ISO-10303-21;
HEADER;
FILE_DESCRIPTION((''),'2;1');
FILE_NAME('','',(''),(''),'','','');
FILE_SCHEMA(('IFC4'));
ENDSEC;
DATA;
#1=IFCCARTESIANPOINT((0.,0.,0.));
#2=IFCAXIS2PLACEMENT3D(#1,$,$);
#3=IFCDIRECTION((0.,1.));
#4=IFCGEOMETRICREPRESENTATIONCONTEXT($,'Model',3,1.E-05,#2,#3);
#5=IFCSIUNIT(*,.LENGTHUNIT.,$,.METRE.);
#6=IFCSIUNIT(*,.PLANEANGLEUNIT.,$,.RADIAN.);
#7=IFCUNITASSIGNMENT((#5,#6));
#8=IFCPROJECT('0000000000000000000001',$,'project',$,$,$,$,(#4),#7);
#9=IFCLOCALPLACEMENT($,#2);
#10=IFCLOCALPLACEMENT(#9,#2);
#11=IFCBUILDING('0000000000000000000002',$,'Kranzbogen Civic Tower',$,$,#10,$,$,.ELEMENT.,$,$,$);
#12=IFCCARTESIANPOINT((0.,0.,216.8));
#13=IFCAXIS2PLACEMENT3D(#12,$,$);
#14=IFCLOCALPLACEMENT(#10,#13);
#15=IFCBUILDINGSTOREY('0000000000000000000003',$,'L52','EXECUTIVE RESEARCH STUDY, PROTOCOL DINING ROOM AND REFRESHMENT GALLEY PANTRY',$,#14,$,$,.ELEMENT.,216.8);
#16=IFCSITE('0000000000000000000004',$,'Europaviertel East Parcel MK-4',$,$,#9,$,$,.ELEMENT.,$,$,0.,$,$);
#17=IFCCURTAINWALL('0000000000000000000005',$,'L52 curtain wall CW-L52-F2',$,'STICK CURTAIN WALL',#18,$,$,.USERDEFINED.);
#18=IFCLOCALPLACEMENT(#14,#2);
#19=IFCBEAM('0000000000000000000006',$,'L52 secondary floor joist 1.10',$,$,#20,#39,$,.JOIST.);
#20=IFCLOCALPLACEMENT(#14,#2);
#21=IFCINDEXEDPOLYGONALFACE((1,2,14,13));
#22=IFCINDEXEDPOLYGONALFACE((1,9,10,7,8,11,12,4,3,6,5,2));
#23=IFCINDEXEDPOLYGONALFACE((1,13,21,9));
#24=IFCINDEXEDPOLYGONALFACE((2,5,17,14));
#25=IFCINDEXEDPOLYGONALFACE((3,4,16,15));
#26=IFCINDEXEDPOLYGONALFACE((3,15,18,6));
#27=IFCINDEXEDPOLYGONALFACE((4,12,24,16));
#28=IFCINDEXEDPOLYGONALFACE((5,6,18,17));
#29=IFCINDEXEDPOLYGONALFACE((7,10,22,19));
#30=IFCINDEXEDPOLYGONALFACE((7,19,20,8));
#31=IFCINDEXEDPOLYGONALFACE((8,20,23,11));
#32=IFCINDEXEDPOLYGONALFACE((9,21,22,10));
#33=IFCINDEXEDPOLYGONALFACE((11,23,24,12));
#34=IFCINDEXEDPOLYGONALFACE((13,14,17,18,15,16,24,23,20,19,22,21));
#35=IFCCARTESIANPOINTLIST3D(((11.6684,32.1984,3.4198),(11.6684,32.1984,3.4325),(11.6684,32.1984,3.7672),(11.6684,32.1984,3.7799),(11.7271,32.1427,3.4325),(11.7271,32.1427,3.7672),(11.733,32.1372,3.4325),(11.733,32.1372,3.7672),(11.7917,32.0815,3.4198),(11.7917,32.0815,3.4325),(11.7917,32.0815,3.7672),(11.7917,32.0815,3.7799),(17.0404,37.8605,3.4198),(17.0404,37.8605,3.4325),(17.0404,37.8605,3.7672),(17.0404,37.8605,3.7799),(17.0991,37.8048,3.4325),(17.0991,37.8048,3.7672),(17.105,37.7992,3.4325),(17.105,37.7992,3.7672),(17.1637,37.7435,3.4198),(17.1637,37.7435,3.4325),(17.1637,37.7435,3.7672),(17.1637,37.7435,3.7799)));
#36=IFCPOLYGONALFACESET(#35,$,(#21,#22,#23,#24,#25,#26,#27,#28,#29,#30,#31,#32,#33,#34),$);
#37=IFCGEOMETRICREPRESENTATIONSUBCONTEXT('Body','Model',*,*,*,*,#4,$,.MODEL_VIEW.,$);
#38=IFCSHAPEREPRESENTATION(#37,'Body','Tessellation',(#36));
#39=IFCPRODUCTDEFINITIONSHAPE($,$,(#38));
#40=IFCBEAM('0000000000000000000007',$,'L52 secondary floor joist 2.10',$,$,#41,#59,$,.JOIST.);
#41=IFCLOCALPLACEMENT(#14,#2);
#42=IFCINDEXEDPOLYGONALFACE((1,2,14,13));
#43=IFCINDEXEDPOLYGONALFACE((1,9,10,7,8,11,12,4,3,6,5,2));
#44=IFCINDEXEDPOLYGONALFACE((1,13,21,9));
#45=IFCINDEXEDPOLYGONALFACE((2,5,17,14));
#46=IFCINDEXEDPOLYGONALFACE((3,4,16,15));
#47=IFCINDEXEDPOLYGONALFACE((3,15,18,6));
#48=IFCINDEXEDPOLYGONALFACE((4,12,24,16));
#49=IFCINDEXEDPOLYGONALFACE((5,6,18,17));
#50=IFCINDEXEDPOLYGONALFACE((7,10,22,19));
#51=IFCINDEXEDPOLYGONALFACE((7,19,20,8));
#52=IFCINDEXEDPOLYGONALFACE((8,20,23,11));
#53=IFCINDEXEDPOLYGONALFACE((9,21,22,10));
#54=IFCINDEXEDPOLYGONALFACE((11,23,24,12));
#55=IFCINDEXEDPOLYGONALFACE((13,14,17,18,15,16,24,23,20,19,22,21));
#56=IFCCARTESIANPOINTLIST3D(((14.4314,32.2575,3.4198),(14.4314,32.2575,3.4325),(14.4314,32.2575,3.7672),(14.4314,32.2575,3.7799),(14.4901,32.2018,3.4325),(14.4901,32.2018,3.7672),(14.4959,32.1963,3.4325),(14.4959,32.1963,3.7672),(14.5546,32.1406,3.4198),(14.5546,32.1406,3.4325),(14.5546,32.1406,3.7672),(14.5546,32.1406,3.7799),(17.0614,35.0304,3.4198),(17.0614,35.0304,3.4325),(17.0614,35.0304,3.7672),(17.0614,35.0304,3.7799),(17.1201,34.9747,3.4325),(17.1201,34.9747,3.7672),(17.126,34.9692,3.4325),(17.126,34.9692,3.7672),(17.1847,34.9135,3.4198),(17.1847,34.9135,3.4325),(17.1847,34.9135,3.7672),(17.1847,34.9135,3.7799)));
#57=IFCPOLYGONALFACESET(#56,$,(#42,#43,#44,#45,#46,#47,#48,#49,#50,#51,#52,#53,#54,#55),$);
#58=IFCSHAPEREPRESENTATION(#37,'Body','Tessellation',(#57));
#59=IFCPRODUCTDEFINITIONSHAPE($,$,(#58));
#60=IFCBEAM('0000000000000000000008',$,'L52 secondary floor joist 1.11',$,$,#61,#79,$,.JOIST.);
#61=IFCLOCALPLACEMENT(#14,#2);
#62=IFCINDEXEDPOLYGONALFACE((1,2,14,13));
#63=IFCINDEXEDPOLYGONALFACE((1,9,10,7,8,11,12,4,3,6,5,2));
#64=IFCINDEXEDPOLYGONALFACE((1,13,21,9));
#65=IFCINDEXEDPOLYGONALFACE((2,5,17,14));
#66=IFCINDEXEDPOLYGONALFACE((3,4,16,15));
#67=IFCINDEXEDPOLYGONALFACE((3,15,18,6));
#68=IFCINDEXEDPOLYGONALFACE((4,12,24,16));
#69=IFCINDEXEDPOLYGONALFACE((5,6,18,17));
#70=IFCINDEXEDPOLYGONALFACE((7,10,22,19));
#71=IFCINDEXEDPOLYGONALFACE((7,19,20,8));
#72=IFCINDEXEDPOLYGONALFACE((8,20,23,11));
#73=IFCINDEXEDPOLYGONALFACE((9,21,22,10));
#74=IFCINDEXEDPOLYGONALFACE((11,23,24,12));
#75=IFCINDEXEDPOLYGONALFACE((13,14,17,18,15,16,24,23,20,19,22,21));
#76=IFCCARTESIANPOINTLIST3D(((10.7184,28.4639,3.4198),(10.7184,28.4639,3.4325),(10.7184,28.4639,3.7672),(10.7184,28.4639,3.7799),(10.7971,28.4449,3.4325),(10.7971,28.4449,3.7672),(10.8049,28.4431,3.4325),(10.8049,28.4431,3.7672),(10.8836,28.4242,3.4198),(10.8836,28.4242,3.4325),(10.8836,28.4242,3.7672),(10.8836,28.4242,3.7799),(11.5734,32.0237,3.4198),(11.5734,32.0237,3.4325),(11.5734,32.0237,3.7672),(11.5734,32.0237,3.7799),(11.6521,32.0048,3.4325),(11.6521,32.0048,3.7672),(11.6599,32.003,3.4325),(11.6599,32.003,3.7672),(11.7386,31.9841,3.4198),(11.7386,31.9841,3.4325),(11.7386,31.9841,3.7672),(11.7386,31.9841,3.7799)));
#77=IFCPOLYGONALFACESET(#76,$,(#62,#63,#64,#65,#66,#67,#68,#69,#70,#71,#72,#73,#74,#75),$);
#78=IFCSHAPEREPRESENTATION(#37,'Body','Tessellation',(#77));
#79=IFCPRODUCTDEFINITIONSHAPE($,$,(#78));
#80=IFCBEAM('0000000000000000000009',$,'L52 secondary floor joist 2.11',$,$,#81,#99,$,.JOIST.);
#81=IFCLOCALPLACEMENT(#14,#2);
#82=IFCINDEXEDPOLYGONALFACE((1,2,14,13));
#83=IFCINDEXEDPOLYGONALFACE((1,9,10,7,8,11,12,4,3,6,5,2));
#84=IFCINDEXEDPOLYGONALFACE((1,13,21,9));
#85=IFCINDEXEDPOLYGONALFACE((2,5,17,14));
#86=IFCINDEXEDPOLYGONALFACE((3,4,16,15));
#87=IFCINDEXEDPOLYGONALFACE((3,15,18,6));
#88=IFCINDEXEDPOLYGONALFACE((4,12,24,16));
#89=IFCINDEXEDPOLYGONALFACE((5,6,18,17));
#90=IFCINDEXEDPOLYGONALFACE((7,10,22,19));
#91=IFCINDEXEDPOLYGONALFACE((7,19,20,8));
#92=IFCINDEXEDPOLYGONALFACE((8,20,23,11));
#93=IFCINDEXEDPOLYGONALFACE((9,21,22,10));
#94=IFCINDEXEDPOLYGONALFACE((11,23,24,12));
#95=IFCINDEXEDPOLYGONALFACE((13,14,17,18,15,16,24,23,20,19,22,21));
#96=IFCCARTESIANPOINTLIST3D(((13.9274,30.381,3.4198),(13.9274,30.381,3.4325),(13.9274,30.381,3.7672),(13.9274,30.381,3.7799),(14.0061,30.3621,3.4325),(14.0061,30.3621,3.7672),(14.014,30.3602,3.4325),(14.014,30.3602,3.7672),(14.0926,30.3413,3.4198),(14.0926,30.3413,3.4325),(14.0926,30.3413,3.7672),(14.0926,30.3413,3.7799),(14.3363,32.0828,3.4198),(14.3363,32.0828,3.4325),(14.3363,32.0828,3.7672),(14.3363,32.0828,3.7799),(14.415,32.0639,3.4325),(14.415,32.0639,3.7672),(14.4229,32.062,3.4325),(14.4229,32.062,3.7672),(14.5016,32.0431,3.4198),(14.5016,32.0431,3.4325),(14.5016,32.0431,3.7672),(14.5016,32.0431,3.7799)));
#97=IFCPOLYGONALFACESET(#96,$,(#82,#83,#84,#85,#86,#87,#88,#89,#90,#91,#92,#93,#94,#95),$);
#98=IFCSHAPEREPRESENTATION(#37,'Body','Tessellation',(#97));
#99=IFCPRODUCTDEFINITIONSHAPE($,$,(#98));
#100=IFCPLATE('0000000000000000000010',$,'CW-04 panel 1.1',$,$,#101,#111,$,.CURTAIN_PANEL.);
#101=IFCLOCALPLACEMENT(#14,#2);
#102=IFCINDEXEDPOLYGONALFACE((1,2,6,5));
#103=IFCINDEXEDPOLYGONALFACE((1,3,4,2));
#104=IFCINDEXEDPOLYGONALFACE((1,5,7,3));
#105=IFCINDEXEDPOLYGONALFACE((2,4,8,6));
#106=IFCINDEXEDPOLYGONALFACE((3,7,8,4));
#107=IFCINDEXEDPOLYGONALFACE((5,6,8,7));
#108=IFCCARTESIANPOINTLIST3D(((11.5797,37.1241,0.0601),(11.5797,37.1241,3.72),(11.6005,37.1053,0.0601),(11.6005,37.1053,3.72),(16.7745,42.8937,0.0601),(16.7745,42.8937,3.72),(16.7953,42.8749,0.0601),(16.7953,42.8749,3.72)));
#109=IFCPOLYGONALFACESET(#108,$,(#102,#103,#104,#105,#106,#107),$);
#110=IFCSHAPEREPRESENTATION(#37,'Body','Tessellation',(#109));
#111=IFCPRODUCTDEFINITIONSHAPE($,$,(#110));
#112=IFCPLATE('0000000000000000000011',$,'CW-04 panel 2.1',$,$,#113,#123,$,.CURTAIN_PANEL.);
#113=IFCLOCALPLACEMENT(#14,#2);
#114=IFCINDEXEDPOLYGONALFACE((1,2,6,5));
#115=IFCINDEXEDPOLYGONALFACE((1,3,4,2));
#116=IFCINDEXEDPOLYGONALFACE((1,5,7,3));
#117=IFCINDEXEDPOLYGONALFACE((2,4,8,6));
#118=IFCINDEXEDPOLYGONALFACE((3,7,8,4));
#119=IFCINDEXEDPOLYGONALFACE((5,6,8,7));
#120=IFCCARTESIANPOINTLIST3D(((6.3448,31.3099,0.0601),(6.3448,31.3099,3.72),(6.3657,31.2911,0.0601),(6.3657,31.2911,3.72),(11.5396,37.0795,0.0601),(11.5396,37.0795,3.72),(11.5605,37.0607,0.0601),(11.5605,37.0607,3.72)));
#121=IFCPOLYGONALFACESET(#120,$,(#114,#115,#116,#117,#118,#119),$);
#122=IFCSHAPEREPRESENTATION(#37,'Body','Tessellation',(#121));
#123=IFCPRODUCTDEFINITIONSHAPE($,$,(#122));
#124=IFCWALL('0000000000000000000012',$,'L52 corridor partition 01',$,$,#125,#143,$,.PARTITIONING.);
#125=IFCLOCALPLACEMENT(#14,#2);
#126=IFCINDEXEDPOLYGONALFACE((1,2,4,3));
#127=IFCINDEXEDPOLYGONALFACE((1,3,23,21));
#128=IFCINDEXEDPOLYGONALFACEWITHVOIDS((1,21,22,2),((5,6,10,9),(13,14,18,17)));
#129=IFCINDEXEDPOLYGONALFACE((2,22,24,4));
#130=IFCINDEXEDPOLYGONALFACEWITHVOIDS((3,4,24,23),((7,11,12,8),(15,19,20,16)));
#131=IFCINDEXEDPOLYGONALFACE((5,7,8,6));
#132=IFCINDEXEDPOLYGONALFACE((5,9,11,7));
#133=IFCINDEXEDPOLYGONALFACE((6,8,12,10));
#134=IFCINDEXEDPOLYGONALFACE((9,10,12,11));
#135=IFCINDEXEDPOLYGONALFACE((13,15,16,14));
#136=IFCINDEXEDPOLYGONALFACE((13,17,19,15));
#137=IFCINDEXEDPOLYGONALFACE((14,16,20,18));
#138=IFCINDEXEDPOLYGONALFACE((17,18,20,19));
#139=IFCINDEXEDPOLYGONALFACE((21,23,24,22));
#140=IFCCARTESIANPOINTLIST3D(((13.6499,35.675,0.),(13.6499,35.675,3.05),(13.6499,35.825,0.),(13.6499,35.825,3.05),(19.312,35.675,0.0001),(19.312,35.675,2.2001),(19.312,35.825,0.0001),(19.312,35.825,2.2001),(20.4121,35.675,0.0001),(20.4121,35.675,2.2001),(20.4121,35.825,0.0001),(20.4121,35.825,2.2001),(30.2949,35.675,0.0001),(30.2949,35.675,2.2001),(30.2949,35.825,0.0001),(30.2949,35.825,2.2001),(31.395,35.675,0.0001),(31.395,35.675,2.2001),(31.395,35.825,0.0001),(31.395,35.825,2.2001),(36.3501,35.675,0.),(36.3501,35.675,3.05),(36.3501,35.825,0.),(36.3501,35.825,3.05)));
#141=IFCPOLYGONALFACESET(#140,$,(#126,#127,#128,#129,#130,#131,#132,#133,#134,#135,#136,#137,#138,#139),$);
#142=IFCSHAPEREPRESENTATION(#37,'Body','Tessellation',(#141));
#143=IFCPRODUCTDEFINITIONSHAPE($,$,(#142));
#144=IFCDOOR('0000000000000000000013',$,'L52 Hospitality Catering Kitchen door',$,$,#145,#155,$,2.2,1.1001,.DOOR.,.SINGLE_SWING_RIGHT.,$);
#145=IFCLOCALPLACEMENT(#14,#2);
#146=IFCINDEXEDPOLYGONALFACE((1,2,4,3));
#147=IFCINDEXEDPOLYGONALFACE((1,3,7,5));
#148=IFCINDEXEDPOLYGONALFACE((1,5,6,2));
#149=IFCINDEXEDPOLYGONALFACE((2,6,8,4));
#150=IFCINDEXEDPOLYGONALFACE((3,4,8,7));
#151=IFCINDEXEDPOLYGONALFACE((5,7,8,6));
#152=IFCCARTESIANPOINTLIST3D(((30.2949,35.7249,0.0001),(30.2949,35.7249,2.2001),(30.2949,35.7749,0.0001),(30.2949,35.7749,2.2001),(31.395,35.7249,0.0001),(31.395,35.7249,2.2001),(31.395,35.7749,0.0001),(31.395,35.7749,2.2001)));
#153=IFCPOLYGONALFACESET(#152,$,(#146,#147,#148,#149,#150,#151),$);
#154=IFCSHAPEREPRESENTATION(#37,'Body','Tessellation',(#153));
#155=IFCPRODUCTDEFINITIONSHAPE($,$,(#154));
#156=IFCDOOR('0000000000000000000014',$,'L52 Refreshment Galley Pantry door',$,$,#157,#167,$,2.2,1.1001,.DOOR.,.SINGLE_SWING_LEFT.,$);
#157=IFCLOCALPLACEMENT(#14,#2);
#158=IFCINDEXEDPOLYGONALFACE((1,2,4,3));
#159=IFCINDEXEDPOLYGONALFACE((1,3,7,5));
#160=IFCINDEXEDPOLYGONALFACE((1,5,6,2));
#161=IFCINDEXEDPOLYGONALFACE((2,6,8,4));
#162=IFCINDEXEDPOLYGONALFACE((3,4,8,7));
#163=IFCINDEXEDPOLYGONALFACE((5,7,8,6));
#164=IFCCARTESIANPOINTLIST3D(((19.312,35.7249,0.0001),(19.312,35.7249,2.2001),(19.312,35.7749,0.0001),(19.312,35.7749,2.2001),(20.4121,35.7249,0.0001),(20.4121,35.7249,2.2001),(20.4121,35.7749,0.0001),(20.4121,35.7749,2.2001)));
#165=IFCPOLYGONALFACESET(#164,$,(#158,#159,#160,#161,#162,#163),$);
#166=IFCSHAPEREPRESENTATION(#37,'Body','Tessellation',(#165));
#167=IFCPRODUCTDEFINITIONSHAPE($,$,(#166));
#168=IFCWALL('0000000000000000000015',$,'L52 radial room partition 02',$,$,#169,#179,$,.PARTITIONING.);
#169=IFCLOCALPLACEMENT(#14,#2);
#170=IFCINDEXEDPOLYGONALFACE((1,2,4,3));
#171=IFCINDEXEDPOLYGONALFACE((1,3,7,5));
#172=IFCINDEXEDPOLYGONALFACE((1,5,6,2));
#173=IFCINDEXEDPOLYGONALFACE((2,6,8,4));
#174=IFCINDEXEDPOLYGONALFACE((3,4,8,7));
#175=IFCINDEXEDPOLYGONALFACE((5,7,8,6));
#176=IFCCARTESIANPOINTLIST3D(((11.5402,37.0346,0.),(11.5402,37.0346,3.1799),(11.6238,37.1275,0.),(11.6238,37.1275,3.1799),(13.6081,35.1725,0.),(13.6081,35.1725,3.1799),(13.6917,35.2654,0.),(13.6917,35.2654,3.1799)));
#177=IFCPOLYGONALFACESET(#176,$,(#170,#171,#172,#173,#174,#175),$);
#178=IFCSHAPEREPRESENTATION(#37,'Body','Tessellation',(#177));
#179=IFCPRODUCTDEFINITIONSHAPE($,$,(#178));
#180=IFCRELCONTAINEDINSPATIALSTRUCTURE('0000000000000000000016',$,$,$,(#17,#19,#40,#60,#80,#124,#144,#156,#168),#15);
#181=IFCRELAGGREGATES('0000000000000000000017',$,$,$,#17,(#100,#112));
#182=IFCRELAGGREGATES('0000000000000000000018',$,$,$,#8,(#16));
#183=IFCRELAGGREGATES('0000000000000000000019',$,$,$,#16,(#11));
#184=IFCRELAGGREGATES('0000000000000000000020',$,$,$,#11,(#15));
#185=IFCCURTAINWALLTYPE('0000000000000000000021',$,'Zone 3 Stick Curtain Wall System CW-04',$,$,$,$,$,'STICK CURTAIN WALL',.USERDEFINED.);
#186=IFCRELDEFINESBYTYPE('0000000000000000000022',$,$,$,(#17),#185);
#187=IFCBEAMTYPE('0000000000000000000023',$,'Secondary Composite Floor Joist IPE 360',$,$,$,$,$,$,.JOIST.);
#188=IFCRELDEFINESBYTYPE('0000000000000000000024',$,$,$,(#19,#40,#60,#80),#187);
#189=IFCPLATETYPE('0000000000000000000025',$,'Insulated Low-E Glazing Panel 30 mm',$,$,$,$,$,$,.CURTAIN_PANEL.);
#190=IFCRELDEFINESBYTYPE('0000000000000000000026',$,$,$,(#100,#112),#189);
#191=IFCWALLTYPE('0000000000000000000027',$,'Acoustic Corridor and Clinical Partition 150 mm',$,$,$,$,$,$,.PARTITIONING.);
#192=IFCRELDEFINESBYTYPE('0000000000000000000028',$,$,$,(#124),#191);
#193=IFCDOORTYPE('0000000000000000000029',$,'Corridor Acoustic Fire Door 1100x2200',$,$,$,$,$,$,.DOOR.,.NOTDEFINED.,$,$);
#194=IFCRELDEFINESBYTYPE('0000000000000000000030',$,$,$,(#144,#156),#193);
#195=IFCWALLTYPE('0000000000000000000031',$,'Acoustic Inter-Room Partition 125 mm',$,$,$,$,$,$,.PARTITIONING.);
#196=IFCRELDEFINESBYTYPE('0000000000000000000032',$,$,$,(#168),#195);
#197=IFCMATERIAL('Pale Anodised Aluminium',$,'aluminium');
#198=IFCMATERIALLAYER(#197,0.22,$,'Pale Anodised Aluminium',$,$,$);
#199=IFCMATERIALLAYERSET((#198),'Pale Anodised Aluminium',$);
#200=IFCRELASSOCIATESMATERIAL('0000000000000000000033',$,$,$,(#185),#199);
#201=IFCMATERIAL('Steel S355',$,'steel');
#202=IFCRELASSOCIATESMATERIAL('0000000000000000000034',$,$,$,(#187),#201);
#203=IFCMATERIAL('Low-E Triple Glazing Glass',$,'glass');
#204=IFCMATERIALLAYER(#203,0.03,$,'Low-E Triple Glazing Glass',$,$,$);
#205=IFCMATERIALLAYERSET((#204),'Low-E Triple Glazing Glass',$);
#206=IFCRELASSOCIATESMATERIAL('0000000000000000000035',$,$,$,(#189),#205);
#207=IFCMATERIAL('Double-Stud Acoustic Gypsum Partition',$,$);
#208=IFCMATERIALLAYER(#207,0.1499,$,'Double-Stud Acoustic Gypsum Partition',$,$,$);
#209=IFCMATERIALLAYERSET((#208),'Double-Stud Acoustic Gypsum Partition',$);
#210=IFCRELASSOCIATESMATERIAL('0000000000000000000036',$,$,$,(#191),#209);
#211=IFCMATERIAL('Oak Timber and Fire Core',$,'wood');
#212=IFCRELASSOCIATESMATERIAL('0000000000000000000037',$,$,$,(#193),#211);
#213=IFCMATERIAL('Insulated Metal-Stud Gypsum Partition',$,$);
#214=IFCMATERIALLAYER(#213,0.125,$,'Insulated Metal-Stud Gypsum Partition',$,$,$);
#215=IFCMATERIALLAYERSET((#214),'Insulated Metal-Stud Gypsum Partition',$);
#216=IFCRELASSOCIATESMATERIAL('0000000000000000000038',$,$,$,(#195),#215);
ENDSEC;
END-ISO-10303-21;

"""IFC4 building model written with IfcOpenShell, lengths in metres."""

from ifc_helpers import new_model, si_unit, direction, frame, frame_2d, origin, origin_2d, place, context, subcontext, project, spatial, rectangle, i_section, extrude, material, layer, layer_set, material_profile, profile_set, type_object, element, fill, aggregate, save


model = new_model("IFC4")

# Units and contexts
model_context = context("Model", 3, precision=1e-05, world=origin(), true_north=direction((0.0, 1.0)))
body_context = subcontext(model_context, "Body", "Model", "MODEL_VIEW")
ifc_project = project(units=[si_unit("LENGTHUNIT", "METRE"), si_unit("PLANEANGLEUNIT", "RADIAN")], contexts=[model_context])

# Site, building, storey
site_placement = place(None, origin())
site = spatial("IfcSite", under=ifc_project, at=site_placement, Name="Europaviertel East Parcel MK-4", CompositionType="ELEMENT", RefElevation=0.0)
building_placement = place(site_placement, origin())
building = spatial("IfcBuilding", under=site, at=building_placement, Name="Kranzbogen Civic Tower", CompositionType="ELEMENT")
storey_placement = place(building_placement, frame((0.0, 0.0, 216.8)))
storey = spatial("IfcBuildingStorey", under=building, at=storey_placement, Name="L52", Description="EXECUTIVE RESEARCH STUDY, PROTOCOL DINING ROOM AND REFRESHMENT GALLEY PANTRY", CompositionType="ELEMENT", Elevation=216.8)

# Shared definitions
ifc_material_1 = material(Name="Steel S355", Category="steel")

# Shared definitions
ifc_material_2 = material(Name="Pale Anodised Aluminium", Category="aluminium")
ifc_layer_1 = layer(ifc_material_2, 0.22, Name="Pale Anodised Aluminium")
ifc_layer_set_1 = layer_set([ifc_layer_1], Name="Pale Anodised Aluminium")
curtain_wall_type = type_object("IfcCurtainWallType", Name="Zone 3 Stick Curtain Wall System CW-04", ElementType="STICK CURTAIN WALL", PredefinedType="USERDEFINED", material=ifc_layer_set_1)

# Curtain wall
curtain_wall_1_placement = place(storey_placement, origin())
curtain_wall_1 = element("IfcCurtainWall", 1, at=curtain_wall_1_placement, inside=storey, type_object=curtain_wall_type, Name="L52 curtain wall CW-L52-F2", ObjectType="STICK CURTAIN WALL", PredefinedType="USERDEFINED")

# Beams
ifc_material_profile_1 = material_profile(ifc_material_1, i_section(OverallWidth=0.1699, OverallDepth=0.3601, WebThickness=0.0081, FlangeThickness=0.0127, at=origin_2d()), Name="IPE 360")
ifc_profile_set_1 = profile_set([ifc_material_profile_1], Name="Steel S355")
beam_type_1 = type_object("IfcBeamType", Name="Secondary Composite Floor Joist IPE 360", PredefinedType="JOIST", material=ifc_profile_set_1)
beam_1_placement = place(storey_placement, frame((17.1021, 37.802, 3.5999), z_axis=(-0.688282, -0.725443, 0.0), x_axis=(0.725443, -0.688282, 0.0)))
element("IfcBeam", 2, at=beam_1_placement, inside=storey, type_object=beam_type_1, Name="L52 secondary floor joist 1.10", PredefinedType="JOIST", context=body_context, shape_type="SweptSolid", body=[
    extrude(i_section(OverallWidth=0.1699, OverallDepth=0.3601, WebThickness=0.0081, FlangeThickness=0.0127, at=origin_2d()), origin(), (0.0, 0.0, 1.0), 7.8049),
])
beam_2_placement = place(storey_placement, frame((17.123, 34.9719, 3.5999), z_axis=(-0.688175, -0.725545, 0.0), x_axis=(0.725545, -0.688175, 0.0)))
element("IfcBeam", 3, at=beam_2_placement, inside=storey, type_object=beam_type_1, Name="L52 secondary floor joist 2.10", PredefinedType="JOIST", context=body_context, shape_type="SweptSolid", body=[
    extrude(i_section(OverallWidth=0.1699, OverallDepth=0.3601, WebThickness=0.0081, FlangeThickness=0.0127, at=origin_2d()), origin(), (0.0, 0.0, 1.0), 3.8218),
])
beam_3_placement = place(storey_placement, frame((11.656, 32.0039, 3.5999), z_axis=(-0.233534, -0.972349, 0.0), x_axis=(0.972349, -0.233534, 0.0)))
element("IfcBeam", 4, at=beam_3_placement, inside=storey, type_object=beam_type_1, Name="L52 secondary floor joist 1.11", PredefinedType="JOIST", context=body_context, shape_type="SweptSolid", body=[
    extrude(i_section(OverallWidth=0.1699, OverallDepth=0.3601, WebThickness=0.0081, FlangeThickness=0.0127, at=origin_2d()), origin(), (0.0, 0.0, 1.0), 3.6611),
])
beam_4_placement = place(storey_placement, frame((14.4189, 32.063, 3.5999), z_axis=(-0.233631, -0.972325, 0.0), x_axis=(0.972325, -0.233631, 0.0)))
element("IfcBeam", 5, at=beam_4_placement, inside=storey, type_object=beam_type_1, Name="L52 secondary floor joist 2.11", PredefinedType="JOIST", context=body_context, shape_type="SweptSolid", body=[
    extrude(i_section(OverallWidth=0.1699, OverallDepth=0.3601, WebThickness=0.0081, FlangeThickness=0.0127, at=origin_2d()), origin(), (0.0, 0.0, 1.0), 1.7502),
])

# Plates
ifc_material_3 = material(Name="Low-E Triple Glazing Glass", Category="glass")
ifc_layer_2 = layer(ifc_material_3, 0.03, Name="Low-E Triple Glazing Glass")
ifc_layer_set_2 = layer_set([ifc_layer_2], Name="Low-E Triple Glazing Glass")
plate_type = type_object("IfcPlateType", Name="Insulated Low-E Glazing Panel 30 mm", PredefinedType="CURTAIN_PANEL", material=ifc_layer_set_2)
plate_1_placement = place(storey_placement, frame((14.1875, 39.9995, 0.0601), z_axis=(0.0, 0.0, 1.0), x_axis=(-0.669116, -0.743158, 0.0)))
plate_1 = element("IfcPlate", 6, at=plate_1_placement, type_object=plate_type, Name="CW-04 panel 1.1", PredefinedType="CURTAIN_PANEL", context=body_context, shape_type="SweptSolid", body=[
    extrude(rectangle(XDim=7.7637, YDim=0.0281, at=origin_2d()), origin(), (0.0, 0.0, 1.0), 3.6599),
])
plate_2_placement = place(storey_placement, frame((8.9526, 34.1853, 0.0601), z_axis=(0.0, 0.0, 1.0), x_axis=(-0.669116, -0.743158, 0.0)))
plate_2 = element("IfcPlate", 7, at=plate_2_placement, type_object=plate_type, Name="CW-04 panel 2.1", PredefinedType="CURTAIN_PANEL", context=body_context, shape_type="SweptSolid", body=[
    extrude(rectangle(XDim=7.7637, YDim=0.0281, at=origin_2d()), origin(), (0.0, 0.0, 1.0), 3.6599),
])
aggregate(curtain_wall_1, [plate_1, plate_2])

# Wall, openings, doors
ifc_material_4 = material(Name="Double-Stud Acoustic Gypsum Partition")
ifc_layer_3 = layer(ifc_material_4, 0.1499, Name="Double-Stud Acoustic Gypsum Partition")
ifc_layer_set_3 = layer_set([ifc_layer_3], Name="Double-Stud Acoustic Gypsum Partition")
wall_type_1 = type_object("IfcWallType", Name="Acoustic Corridor and Clinical Partition 150 mm", PredefinedType="PARTITIONING", material=ifc_layer_set_3)
wall_1_placement = place(storey_placement, frame((13.6499, 35.75, 0.0), z_axis=(0.0, 0.0, 1.0), x_axis=(1.0, 0.0, 0.0)))
wall_1 = element("IfcWall", 8, at=wall_1_placement, inside=storey, type_object=wall_type_1, Name="L52 corridor partition 01", PredefinedType="PARTITIONING", context=body_context, shape_type="SweptSolid", body=[
    extrude(rectangle(XDim=22.7002, YDim=0.1499, at=frame_2d((11.3501, 0.0))), origin(), (0.0, 0.0, 1.0), 3.05),
])
opening_1_placement = place(wall_1_placement, frame((16.645, 0.0, 0.0)))
opening_1 = element("IfcOpeningElement", 9, at=opening_1_placement, cuts=wall_1, PredefinedType="OPENING", context=body_context, shape_type="SweptSolid", body=[
    extrude(rectangle(XDim=1.1001, YDim=2.2, at=frame_2d((0.55, 1.1001))), frame((0.0, 0.085, 0.0), z_axis=(0.0, -1.0, 0.0), x_axis=(1.0, 0.0, 0.0)), (0.0, 0.0, 1.0), 0.1699),
])
opening_2_placement = place(wall_1_placement, frame((5.6621, 0.0, 0.0)))
opening_2 = element("IfcOpeningElement", 10, at=opening_2_placement, cuts=wall_1, PredefinedType="OPENING", context=body_context, shape_type="SweptSolid", body=[
    extrude(rectangle(XDim=1.1001, YDim=2.2, at=frame_2d((0.55, 1.1001))), frame((0.0, 0.085, 0.0), z_axis=(0.0, -1.0, 0.0), x_axis=(1.0, 0.0, 0.0)), (0.0, 0.0, 1.0), 0.1699),
])
ifc_material_5 = material(Name="Oak Timber and Fire Core", Category="wood")
door_type_1 = type_object("IfcDoorType", Name="Corridor Acoustic Fire Door 1100x2200", OperationType="NOTDEFINED", PredefinedType="DOOR", material=ifc_material_5)
door_1_placement = place(opening_1_placement, origin())
door_1 = element("IfcDoor", 11, at=door_1_placement, inside=storey, type_object=door_type_1, Name="L52 Hospitality Catering Kitchen door", OperationType="SINGLE_SWING_RIGHT", OverallHeight=2.2, OverallWidth=1.1001, PredefinedType="DOOR", context=body_context, shape_type="SweptSolid", body=[
    extrude(rectangle(XDim=1.1001, YDim=2.2, at=frame_2d((0.55, 1.1001))), frame((0.0, 0.0249, 0.0), z_axis=(0.0, -1.0, 0.0), x_axis=(1.0, 0.0, 0.0)), (0.0, 0.0, 1.0), 0.05),
])
fill(opening_1, door_1)
door_2_placement = place(opening_2_placement, origin())
door_2 = element("IfcDoor", 12, at=door_2_placement, inside=storey, type_object=door_type_1, Name="L52 Refreshment Galley Pantry door", OperationType="SINGLE_SWING_LEFT", OverallHeight=2.2, OverallWidth=1.1001, PredefinedType="DOOR", context=body_context, shape_type="SweptSolid", body=[
    extrude(rectangle(XDim=1.1001, YDim=2.2, at=frame_2d((0.55, 1.1001))), frame((0.0, 0.0249, 0.0), z_axis=(0.0, -1.0, 0.0), x_axis=(1.0, 0.0, 0.0)), (0.0, 0.0, 1.0), 0.05),
])
fill(opening_2, door_2)

# Wall
ifc_material_6 = material(Name="Insulated Metal-Stud Gypsum Partition")
ifc_layer_4 = layer(ifc_material_6, 0.125, Name="Insulated Metal-Stud Gypsum Partition")
ifc_layer_set_4 = layer_set([ifc_layer_4], Name="Insulated Metal-Stud Gypsum Partition")
wall_type_2 = type_object("IfcWallType", Name="Acoustic Inter-Room Partition 125 mm", PredefinedType="PARTITIONING", material=ifc_layer_set_4)
wall_2_placement = place(storey_placement, frame((13.6499, 35.219, 0.0), z_axis=(0.0, 0.0, 1.0), x_axis=(-0.74312, 0.669159, 0.0)))
element("IfcWall", 13, at=wall_2_placement, inside=storey, type_object=wall_type_2, Name="L52 radial room partition 02", PredefinedType="PARTITIONING", context=body_context, shape_type="SweptSolid", body=[
    extrude(rectangle(XDim=2.7827, YDim=0.125, at=frame_2d((1.3914, 0.0))), origin(), (0.0, 0.0, 1.0), 3.1799),
])

save(model, "model.ifc")
